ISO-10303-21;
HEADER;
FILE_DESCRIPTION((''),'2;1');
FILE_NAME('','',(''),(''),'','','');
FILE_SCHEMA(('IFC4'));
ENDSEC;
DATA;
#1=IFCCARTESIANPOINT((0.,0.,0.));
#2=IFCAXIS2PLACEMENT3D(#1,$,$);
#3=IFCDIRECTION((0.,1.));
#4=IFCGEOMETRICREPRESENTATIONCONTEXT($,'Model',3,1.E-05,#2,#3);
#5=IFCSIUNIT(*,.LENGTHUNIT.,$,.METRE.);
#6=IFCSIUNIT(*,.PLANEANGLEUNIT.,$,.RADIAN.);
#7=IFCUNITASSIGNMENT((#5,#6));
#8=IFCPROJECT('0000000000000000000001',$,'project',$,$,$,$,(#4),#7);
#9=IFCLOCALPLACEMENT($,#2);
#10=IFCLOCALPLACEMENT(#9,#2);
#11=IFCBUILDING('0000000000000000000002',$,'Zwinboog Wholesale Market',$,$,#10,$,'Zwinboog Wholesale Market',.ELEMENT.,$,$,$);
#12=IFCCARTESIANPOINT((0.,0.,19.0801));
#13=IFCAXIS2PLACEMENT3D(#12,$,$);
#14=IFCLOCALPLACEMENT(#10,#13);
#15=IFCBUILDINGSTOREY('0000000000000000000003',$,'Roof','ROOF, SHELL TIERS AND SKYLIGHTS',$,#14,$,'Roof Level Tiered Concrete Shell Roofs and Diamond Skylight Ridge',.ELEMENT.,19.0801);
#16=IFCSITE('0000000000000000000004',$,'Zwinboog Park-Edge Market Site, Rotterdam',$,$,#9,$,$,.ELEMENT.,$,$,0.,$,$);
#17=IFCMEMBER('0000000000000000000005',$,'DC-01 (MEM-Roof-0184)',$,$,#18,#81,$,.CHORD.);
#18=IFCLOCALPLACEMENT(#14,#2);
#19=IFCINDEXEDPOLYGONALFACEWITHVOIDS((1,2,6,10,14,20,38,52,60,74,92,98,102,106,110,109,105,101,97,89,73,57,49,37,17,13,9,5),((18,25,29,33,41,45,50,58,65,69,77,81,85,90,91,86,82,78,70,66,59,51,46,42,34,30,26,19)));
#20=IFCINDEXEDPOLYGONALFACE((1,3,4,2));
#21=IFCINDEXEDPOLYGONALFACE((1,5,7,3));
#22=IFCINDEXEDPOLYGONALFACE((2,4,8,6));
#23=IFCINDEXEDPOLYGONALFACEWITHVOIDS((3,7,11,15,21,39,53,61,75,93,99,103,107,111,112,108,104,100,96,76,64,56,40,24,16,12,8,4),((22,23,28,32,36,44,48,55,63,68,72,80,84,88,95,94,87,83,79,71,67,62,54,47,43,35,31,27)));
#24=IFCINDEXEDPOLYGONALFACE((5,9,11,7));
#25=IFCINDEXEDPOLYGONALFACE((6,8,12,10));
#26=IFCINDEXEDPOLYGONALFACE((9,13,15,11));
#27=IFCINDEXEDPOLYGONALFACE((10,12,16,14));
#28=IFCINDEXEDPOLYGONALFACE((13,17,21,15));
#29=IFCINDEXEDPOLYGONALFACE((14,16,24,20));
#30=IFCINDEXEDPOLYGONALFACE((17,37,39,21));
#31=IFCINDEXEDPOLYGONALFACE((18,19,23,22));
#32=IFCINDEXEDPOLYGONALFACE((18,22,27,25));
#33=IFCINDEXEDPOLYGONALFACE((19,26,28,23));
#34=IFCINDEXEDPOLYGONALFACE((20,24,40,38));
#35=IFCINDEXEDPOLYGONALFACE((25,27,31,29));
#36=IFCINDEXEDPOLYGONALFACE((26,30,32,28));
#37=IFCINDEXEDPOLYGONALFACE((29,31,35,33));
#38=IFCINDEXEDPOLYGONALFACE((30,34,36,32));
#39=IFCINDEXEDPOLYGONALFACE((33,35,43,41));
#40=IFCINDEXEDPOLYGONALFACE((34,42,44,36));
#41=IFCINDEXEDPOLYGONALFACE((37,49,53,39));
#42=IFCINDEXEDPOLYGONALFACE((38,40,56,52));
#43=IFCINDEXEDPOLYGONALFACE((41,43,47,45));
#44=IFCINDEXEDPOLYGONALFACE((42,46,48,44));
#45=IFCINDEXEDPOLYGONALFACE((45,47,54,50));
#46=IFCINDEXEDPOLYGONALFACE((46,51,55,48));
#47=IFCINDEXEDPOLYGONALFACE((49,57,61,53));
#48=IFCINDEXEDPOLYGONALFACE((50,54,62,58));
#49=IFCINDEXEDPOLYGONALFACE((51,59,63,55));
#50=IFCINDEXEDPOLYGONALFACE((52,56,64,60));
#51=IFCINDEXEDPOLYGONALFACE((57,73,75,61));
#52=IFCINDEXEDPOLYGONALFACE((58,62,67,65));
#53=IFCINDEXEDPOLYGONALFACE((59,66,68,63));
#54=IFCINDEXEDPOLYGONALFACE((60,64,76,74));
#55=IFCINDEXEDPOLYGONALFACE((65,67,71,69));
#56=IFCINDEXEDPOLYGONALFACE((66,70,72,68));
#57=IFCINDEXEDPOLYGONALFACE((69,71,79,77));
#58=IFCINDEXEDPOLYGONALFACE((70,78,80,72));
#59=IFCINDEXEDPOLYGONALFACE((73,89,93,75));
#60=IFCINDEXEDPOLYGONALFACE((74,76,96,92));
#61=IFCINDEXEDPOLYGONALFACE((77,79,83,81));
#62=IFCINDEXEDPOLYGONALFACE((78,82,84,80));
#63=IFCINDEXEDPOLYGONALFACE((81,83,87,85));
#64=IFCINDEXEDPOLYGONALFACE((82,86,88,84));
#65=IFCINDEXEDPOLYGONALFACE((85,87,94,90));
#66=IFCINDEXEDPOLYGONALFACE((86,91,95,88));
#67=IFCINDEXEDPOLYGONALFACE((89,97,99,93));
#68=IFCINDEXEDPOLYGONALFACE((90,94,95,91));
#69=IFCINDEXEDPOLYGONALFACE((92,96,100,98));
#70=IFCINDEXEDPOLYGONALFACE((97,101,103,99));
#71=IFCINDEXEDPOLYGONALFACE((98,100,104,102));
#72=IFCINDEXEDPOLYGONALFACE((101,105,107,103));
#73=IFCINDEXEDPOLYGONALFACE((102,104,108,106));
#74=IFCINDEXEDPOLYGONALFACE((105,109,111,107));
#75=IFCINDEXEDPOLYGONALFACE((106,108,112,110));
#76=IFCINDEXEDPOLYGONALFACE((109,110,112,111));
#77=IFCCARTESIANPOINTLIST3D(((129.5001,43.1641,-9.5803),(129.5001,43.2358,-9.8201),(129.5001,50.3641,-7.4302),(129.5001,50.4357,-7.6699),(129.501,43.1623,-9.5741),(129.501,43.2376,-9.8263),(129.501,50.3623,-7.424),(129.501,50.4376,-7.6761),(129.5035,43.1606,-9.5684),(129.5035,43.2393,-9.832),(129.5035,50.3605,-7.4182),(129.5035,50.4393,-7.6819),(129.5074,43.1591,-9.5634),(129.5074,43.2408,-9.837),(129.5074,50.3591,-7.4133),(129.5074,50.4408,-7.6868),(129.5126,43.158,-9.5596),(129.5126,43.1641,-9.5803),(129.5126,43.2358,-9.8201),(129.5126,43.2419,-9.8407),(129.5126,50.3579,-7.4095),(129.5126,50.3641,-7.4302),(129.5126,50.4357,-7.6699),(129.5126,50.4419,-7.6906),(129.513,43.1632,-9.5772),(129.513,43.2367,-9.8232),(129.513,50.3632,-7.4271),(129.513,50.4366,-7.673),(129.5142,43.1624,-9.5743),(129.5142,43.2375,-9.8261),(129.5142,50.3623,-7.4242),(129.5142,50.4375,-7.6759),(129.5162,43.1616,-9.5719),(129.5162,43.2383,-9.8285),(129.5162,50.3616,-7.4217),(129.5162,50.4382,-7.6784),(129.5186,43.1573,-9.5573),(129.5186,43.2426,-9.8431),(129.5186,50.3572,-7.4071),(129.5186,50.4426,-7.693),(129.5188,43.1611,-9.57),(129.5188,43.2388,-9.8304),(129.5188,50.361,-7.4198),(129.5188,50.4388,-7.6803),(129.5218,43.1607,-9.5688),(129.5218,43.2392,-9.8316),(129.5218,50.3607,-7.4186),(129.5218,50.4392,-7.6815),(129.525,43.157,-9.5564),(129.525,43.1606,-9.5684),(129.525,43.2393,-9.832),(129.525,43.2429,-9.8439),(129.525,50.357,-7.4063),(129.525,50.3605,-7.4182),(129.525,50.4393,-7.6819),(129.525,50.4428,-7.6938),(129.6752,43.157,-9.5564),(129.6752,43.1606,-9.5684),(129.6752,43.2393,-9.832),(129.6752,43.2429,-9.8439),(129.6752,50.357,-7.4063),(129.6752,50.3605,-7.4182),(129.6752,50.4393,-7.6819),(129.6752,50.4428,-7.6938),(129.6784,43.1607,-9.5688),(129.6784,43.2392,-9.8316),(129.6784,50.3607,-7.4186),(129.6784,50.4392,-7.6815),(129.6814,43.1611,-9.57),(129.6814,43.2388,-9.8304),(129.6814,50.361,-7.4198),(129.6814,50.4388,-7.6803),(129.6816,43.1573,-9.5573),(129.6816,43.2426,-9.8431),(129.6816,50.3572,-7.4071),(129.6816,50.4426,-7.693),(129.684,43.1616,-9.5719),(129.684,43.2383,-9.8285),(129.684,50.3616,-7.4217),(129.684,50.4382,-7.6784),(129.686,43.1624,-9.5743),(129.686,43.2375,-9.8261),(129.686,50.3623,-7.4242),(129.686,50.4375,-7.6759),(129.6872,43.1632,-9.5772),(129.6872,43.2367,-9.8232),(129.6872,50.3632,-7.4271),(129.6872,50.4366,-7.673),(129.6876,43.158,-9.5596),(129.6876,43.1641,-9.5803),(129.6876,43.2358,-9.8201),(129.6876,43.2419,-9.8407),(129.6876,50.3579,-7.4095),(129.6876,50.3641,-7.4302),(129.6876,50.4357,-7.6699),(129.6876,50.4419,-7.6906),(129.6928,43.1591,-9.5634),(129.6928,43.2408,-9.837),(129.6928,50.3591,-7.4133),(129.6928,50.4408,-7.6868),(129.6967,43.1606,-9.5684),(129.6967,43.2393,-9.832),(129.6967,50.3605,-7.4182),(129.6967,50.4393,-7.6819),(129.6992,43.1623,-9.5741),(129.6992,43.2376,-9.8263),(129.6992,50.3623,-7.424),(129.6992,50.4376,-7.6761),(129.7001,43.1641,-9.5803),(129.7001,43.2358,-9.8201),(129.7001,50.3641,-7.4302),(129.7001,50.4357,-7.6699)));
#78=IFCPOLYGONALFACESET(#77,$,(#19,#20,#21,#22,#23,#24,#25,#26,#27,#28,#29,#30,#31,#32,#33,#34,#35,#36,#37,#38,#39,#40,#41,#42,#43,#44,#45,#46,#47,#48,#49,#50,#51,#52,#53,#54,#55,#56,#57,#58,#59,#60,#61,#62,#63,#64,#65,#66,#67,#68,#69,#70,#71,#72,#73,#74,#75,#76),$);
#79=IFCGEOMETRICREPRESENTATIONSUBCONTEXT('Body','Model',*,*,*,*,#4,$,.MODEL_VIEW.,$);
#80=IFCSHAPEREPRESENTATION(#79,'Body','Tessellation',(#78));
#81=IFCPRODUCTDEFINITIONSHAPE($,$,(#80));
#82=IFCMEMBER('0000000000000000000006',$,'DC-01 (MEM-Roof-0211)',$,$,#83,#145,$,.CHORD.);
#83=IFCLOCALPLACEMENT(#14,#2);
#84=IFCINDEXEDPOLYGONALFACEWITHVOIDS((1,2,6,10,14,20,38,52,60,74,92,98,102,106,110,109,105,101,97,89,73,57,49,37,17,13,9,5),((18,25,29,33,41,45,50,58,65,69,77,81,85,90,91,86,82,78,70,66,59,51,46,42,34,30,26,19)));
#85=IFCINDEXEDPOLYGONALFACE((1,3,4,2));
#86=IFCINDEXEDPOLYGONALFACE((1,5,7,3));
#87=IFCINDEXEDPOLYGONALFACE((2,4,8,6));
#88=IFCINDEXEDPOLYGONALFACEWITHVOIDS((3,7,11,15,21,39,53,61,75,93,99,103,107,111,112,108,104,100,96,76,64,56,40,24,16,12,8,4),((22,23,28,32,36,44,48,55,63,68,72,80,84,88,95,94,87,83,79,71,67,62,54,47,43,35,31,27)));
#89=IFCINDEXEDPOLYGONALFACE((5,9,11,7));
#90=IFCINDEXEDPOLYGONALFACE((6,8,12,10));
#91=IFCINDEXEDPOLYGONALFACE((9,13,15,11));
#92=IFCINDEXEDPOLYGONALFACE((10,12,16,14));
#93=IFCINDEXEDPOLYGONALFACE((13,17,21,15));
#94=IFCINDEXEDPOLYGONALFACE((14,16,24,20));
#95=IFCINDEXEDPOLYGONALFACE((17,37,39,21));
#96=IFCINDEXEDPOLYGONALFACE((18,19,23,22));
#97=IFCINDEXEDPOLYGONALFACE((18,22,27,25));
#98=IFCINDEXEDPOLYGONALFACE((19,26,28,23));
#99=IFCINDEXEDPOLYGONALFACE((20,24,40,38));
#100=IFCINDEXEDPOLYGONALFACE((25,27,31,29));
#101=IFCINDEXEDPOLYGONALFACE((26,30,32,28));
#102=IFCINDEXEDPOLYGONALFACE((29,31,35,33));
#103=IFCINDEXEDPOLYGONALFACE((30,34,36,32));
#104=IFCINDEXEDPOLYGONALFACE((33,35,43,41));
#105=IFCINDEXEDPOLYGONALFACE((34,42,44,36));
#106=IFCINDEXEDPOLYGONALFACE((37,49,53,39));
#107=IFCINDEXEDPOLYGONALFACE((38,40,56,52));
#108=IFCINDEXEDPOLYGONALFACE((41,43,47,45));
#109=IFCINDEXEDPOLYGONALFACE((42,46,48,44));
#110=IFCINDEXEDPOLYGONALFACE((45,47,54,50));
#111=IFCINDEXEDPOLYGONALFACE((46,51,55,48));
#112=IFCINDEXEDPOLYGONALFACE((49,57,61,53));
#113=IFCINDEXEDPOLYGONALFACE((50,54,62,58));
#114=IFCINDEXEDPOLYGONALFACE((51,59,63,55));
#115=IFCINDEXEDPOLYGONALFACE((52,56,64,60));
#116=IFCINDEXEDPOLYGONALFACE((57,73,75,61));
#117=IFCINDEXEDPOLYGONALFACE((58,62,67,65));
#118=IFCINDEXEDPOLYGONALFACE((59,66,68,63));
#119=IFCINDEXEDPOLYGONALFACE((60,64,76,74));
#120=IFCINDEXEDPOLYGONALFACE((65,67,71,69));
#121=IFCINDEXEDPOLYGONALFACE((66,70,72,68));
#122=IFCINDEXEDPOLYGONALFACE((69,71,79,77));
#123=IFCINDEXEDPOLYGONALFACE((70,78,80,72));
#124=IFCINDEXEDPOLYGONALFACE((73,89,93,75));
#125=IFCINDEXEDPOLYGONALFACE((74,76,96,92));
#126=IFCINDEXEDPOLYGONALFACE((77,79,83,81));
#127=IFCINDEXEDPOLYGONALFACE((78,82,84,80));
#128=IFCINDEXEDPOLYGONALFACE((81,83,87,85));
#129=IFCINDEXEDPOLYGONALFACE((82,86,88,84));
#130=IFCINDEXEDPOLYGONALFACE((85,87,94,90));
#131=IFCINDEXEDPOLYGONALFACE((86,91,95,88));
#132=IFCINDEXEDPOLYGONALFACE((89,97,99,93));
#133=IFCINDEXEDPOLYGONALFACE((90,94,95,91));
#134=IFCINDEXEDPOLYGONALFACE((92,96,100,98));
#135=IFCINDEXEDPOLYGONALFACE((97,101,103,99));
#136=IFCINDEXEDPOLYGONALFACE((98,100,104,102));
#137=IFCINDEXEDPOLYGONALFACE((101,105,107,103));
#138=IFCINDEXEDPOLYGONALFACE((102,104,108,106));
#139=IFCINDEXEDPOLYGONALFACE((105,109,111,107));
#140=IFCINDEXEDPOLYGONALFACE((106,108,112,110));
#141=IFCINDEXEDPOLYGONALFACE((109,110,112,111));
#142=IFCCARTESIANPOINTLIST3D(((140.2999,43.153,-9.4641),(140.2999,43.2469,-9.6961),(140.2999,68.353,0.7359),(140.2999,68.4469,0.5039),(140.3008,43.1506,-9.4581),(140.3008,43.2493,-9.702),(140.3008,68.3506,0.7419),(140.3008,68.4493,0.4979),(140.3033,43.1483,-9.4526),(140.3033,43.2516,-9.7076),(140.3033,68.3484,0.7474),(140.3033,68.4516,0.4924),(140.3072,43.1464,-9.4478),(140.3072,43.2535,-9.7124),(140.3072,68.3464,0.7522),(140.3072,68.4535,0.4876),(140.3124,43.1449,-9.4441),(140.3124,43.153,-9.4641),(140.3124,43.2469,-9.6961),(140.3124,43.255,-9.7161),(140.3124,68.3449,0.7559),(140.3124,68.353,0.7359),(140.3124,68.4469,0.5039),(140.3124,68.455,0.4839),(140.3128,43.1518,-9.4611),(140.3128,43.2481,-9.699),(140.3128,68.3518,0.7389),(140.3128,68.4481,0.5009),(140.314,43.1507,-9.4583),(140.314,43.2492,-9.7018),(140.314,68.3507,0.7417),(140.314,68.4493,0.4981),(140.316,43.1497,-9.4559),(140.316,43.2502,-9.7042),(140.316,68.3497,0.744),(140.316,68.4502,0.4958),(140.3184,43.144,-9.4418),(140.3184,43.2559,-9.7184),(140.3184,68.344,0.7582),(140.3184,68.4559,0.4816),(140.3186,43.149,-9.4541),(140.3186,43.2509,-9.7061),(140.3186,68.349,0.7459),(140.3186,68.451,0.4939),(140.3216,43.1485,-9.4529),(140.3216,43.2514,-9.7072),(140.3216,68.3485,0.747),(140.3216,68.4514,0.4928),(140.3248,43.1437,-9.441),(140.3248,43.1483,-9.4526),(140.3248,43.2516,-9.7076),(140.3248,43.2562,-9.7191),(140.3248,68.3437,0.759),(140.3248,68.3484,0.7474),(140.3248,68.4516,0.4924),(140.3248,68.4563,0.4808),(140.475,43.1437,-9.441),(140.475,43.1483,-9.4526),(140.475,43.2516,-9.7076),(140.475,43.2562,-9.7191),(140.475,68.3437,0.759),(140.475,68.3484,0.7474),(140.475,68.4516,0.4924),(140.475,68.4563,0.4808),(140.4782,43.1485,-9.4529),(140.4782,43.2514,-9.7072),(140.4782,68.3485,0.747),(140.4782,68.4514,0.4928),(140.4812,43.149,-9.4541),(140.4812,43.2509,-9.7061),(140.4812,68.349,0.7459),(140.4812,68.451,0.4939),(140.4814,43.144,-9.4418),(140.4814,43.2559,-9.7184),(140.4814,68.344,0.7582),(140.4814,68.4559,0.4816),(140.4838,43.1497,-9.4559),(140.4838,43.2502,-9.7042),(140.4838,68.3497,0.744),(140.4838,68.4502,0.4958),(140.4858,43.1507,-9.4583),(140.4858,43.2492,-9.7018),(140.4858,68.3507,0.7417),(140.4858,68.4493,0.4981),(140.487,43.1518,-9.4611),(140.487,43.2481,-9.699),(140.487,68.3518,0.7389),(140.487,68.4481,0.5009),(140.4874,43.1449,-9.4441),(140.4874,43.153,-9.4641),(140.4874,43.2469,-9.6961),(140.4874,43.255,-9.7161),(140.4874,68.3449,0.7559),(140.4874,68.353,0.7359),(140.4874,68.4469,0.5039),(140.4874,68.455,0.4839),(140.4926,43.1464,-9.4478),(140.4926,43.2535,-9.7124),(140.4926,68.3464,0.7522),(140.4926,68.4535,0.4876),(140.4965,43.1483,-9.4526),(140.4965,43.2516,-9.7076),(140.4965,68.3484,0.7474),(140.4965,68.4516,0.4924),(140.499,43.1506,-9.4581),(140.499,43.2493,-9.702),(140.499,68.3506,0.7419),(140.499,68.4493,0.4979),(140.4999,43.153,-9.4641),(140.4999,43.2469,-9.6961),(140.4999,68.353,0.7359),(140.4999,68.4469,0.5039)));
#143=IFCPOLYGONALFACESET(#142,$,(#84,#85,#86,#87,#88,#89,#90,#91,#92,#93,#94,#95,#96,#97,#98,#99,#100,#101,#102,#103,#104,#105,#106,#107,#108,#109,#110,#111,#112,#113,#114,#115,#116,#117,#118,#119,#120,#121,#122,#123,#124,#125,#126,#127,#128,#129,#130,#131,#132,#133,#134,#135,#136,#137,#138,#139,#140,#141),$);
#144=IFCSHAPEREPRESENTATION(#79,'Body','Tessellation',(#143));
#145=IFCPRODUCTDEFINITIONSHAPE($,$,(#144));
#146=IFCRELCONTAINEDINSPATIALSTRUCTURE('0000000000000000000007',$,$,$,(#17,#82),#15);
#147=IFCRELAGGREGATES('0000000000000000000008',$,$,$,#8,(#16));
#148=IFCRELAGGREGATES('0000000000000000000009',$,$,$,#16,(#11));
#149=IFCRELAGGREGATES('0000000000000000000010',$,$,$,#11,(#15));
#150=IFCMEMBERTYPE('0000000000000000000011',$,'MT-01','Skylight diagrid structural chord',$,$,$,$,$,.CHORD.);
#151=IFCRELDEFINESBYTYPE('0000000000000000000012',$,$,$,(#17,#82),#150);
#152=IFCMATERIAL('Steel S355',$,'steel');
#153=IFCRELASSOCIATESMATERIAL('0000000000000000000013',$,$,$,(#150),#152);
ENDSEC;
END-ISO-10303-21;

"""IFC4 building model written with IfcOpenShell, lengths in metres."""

from ifc_helpers import new_model, si_unit, direction, frame, origin, origin_2d, place, context, subcontext, project, spatial, hollow_rectangle, extrude, material, material_profile, profile_set, type_object, element, save


model = new_model("IFC4")

# Units and contexts
model_context = context("Model", 3, precision=1e-05, world=origin(), true_north=direction((0.0, 1.0)))
body_context = subcontext(model_context, "Body", "Model", "MODEL_VIEW")
ifc_project = project(units=[si_unit("LENGTHUNIT", "METRE"), si_unit("PLANEANGLEUNIT", "RADIAN")], contexts=[model_context])

# Site, building, storey
site_placement = place(None, origin())
site = spatial("IfcSite", under=ifc_project, at=site_placement, Name="Zwinboog Park-Edge Market Site, Rotterdam", CompositionType="ELEMENT", RefElevation=0.0)
building_placement = place(site_placement, origin())
building = spatial("IfcBuilding", under=site, at=building_placement, Name="Zwinboog Wholesale Market", LongName="Zwinboog Wholesale Market", CompositionType="ELEMENT")
storey_placement = place(building_placement, frame((0.0, 0.0, 19.0801)))
storey = spatial("IfcBuildingStorey", under=building, at=storey_placement, Name="Roof", Description="ROOF, SHELL TIERS AND SKYLIGHTS", LongName="Roof Level Tiered Concrete Shell Roofs and Diamond Skylight Ridge", CompositionType="ELEMENT", Elevation=19.0801)

# Members
ifc_material_1 = material(Name="Steel S355", Category="steel")
ifc_material_profile_1 = material_profile(ifc_material_1, hollow_rectangle(XDim=0.2, YDim=0.3, WallThickness=0.0125, InnerFilletRadius=0.0125, OuterFilletRadius=0.0249, at=origin_2d()), Name="RHS 300x200x12.5")
ifc_profile_set_1 = profile_set([ifc_material_profile_1], Name="Steel S355")
member_type_1 = type_object("IfcMemberType", Name="MT-01", Description="Skylight diagrid structural chord", PredefinedType="CHORD", material=ifc_profile_set_1)
member_1_placement = place(storey_placement, frame((129.6001, 43.2, -9.7002), z_axis=(0.0, 0.958186, 0.286146), x_axis=(-1.0, 0.0, 0.0)))
element("IfcMember", 1, at=member_1_placement, inside=storey, type_object=member_type_1, Name="DC-01 (MEM-Roof-0184)", PredefinedType="CHORD", context=body_context, shape_type="SweptSolid", body=[
    extrude(hollow_rectangle(XDim=0.2, YDim=0.3, WallThickness=0.0125, InnerFilletRadius=0.0125, OuterFilletRadius=0.0249, at=origin_2d()), origin(), (0.0, 0.0, 1.0), 7.5142),
])
member_2_placement = place(storey_placement, frame((140.3999, 43.2, -9.5801), z_axis=(0.0, 0.926947, 0.375192), x_axis=(-1.0, 0.0, 0.0)))
element("IfcMember", 2, at=member_2_placement, inside=storey, type_object=member_type_1, Name="DC-01 (MEM-Roof-0211)", PredefinedType="CHORD", context=body_context, shape_type="SweptSolid", body=[
    extrude(hollow_rectangle(XDim=0.2, YDim=0.3, WallThickness=0.0125, InnerFilletRadius=0.0125, OuterFilletRadius=0.0249, at=origin_2d()), origin(), (0.0, 0.0, 1.0), 27.186),
])

save(model, "model.ifc")
